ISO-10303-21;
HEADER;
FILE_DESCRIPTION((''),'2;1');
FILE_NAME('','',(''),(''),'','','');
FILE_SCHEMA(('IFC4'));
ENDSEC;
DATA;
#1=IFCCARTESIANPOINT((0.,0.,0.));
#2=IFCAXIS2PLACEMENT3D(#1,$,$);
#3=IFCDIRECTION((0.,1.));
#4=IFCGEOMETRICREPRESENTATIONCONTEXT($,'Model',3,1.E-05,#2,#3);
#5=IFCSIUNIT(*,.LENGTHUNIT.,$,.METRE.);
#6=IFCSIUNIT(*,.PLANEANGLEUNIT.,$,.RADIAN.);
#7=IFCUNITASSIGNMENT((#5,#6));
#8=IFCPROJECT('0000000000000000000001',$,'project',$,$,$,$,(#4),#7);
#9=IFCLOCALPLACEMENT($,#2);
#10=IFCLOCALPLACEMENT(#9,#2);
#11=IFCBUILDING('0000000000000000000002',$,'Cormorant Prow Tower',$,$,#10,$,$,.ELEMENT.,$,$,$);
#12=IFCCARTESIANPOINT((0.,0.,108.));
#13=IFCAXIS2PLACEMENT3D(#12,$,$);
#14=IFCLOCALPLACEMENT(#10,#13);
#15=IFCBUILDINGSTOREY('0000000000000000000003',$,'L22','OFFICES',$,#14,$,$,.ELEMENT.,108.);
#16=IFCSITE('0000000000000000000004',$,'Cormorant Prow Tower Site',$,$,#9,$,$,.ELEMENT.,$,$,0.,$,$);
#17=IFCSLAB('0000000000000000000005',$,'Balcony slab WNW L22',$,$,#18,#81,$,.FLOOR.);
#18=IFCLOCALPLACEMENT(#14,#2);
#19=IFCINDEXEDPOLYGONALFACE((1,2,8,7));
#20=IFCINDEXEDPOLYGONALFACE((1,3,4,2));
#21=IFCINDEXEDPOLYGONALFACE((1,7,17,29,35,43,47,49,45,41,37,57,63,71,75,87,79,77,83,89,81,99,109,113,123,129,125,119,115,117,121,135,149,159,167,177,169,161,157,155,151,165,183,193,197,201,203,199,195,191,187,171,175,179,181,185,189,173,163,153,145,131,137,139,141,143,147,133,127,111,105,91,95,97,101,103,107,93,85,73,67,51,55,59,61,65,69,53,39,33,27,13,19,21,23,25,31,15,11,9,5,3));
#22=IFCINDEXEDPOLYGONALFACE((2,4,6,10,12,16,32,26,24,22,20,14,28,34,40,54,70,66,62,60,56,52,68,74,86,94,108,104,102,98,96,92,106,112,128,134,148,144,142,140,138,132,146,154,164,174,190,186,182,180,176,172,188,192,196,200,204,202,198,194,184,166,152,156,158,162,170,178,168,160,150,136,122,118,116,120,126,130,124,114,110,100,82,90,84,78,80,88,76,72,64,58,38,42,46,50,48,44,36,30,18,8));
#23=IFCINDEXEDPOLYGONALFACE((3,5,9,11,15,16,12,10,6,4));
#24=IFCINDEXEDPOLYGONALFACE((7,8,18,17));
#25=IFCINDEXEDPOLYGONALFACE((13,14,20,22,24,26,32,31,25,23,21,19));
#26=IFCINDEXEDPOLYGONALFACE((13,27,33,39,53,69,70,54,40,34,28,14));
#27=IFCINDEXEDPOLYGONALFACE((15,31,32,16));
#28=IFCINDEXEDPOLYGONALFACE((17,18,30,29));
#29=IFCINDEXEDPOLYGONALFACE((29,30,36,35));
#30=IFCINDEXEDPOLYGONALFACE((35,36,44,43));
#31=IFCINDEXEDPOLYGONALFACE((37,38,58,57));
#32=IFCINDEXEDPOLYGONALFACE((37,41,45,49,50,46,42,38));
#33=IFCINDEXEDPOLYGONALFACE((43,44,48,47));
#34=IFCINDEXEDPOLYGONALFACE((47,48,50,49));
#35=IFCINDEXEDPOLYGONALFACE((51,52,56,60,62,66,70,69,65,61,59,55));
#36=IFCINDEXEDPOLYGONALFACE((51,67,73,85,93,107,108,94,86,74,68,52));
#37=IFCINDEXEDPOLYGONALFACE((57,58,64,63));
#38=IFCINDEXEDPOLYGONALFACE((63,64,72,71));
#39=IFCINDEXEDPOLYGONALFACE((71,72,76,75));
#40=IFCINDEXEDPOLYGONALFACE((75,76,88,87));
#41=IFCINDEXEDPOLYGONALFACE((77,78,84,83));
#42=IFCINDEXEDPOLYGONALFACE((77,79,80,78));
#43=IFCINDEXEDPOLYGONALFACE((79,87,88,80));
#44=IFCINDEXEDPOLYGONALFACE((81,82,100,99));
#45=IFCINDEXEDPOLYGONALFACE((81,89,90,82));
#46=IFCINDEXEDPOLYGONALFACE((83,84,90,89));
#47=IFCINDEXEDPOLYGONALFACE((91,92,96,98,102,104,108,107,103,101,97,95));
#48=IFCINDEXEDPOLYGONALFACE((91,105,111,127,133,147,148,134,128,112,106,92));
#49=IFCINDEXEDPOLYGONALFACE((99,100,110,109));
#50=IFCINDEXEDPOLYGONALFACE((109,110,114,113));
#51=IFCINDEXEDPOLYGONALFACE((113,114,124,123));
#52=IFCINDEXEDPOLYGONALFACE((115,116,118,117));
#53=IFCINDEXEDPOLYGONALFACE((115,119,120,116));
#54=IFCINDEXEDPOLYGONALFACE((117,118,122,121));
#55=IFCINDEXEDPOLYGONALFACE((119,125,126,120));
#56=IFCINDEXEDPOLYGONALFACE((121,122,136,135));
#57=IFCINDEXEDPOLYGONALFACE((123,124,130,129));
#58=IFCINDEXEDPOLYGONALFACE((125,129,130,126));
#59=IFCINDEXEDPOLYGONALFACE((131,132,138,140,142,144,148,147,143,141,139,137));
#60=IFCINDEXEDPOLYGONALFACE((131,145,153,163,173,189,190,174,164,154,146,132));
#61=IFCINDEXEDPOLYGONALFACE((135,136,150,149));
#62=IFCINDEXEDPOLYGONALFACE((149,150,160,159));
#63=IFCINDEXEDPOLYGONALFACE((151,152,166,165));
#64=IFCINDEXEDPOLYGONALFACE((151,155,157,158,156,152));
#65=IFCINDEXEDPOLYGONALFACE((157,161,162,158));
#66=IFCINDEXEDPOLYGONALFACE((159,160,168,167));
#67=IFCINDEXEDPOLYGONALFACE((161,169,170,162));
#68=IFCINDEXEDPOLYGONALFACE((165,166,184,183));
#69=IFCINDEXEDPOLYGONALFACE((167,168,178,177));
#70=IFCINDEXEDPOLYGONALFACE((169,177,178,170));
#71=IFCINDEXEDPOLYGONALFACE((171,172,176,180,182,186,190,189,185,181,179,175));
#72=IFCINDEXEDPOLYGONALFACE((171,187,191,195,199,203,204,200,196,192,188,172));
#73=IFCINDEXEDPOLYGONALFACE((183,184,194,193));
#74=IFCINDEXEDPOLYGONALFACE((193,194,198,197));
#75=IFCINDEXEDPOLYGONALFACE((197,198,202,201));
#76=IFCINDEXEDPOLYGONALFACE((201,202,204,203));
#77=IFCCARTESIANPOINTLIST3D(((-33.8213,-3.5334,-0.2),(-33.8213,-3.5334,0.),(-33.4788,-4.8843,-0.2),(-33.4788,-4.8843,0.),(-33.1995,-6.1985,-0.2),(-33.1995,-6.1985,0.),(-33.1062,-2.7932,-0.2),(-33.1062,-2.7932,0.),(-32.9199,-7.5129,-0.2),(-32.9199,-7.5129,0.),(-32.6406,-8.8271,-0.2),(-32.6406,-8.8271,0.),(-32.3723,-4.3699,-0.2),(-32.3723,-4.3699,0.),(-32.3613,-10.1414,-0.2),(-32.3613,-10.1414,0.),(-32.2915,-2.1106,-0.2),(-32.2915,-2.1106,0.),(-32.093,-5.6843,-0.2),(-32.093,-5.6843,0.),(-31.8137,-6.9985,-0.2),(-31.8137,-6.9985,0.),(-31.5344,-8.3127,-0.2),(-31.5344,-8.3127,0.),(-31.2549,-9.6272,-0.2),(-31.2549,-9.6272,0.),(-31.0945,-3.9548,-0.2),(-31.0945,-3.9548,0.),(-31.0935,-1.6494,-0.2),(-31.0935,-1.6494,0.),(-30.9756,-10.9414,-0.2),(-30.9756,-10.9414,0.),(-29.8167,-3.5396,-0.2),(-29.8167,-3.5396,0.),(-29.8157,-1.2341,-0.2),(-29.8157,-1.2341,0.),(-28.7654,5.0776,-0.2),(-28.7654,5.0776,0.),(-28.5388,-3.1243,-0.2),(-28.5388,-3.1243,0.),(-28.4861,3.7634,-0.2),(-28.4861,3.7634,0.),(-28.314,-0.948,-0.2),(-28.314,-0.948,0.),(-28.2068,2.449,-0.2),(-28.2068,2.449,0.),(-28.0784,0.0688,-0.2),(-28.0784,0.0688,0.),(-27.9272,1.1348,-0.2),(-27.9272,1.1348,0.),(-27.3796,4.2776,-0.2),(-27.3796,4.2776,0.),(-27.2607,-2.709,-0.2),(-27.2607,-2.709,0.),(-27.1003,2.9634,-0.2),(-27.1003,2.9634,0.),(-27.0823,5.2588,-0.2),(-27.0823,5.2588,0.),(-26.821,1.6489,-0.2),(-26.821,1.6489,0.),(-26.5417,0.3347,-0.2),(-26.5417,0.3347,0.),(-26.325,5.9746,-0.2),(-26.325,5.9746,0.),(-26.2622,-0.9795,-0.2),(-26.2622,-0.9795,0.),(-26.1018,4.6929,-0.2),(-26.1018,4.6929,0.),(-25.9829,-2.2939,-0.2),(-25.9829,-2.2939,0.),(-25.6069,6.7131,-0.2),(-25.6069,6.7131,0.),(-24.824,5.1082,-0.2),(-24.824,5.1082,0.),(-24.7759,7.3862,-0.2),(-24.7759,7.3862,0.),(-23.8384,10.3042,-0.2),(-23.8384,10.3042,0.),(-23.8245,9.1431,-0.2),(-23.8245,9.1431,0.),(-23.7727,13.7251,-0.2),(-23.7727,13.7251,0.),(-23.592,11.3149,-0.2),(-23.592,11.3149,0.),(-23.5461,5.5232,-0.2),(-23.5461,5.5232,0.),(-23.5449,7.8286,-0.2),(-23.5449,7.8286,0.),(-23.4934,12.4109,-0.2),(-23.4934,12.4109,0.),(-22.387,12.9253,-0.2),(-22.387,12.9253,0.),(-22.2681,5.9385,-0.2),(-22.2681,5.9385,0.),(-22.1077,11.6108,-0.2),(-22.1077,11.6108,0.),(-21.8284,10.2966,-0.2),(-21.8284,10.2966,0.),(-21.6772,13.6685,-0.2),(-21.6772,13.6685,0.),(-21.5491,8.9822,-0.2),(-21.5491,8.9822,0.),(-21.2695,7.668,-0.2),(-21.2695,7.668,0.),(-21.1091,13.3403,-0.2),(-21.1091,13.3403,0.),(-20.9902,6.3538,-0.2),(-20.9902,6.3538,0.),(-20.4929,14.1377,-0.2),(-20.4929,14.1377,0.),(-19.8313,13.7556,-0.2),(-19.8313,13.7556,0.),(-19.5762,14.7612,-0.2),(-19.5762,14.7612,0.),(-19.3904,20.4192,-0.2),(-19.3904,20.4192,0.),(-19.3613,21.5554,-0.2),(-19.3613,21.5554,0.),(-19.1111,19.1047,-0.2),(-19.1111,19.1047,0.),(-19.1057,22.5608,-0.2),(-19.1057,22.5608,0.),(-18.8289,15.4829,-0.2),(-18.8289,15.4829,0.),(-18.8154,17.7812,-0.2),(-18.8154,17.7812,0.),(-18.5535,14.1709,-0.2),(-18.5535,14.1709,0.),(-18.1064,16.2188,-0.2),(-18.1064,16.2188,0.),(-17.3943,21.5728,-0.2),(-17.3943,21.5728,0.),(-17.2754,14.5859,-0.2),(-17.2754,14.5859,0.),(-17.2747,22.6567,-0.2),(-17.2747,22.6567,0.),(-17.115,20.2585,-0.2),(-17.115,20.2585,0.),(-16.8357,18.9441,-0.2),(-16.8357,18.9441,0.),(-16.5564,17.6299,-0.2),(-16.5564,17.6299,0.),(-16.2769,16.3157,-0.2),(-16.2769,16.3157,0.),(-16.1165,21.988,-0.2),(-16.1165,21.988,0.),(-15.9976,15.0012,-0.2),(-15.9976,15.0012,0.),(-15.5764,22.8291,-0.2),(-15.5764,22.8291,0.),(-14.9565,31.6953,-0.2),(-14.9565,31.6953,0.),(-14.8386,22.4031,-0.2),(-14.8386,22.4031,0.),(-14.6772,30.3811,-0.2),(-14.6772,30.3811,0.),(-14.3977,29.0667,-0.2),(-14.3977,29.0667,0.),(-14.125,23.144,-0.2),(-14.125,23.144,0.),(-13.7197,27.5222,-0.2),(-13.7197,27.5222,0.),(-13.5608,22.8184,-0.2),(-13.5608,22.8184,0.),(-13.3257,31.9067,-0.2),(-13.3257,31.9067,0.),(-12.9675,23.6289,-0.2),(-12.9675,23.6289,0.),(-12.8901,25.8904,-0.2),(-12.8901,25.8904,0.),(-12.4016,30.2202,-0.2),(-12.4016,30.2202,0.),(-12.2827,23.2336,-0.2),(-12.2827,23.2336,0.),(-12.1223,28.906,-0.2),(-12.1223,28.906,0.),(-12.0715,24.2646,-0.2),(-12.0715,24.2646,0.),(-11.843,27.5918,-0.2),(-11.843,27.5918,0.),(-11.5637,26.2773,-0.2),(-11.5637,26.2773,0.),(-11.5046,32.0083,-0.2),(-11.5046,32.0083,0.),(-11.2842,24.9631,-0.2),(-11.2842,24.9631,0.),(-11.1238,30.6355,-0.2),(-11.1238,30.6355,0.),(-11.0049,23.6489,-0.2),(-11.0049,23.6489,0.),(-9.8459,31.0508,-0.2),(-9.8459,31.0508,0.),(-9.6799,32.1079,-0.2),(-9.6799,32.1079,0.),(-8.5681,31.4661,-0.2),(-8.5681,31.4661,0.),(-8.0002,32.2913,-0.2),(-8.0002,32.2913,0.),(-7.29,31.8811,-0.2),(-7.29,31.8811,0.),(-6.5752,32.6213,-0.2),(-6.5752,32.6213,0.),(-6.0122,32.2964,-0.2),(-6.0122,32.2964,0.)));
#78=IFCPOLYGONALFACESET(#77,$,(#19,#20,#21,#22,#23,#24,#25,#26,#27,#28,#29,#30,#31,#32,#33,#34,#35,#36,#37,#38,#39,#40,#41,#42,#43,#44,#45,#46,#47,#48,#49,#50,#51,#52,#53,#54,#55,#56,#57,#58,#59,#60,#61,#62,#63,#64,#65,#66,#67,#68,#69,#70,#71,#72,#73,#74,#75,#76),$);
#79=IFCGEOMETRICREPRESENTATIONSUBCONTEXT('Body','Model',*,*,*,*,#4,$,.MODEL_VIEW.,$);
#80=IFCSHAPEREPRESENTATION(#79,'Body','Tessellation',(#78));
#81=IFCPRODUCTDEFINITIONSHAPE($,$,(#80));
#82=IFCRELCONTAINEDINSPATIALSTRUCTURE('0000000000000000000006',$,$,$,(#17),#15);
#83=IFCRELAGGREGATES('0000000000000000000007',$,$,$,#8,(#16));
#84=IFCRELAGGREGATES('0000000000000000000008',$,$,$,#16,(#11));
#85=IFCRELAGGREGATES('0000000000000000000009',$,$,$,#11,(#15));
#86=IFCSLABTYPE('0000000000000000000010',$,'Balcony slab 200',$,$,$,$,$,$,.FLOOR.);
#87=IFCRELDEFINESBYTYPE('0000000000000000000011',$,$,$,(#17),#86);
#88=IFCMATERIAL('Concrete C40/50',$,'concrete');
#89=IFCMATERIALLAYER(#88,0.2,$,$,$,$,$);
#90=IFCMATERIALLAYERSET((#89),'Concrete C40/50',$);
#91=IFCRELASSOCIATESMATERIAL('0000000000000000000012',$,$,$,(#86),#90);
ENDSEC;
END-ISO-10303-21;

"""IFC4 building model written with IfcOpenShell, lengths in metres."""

from ifc_helpers import new_model, si_unit, direction, frame, origin, place, context, subcontext, project, spatial, polyline, outline, extrude, material, layer, layer_set, type_object, element, save


model = new_model("IFC4")

# Units and contexts
model_context = context("Model", 3, precision=1e-05, world=origin(), true_north=direction((0.0, 1.0)))
body_context = subcontext(model_context, "Body", "Model", "MODEL_VIEW")
ifc_project = project(units=[si_unit("LENGTHUNIT", "METRE"), si_unit("PLANEANGLEUNIT", "RADIAN")], contexts=[model_context])

# Site, building, storey
site_placement = place(None, origin())
site = spatial("IfcSite", under=ifc_project, at=site_placement, Name="Cormorant Prow Tower Site", CompositionType="ELEMENT", RefElevation=0.0)
building_placement = place(site_placement, origin())
building = spatial("IfcBuilding", under=site, at=building_placement, Name="Cormorant Prow Tower", CompositionType="ELEMENT")
storey_placement = place(building_placement, frame((0.0, 0.0, 108.0)))
storey = spatial("IfcBuildingStorey", under=building, at=storey_placement, Name="L22", Description="OFFICES", CompositionType="ELEMENT", Elevation=108.0)

# Slab
ifc_material_1 = material(Name="Concrete C40/50", Category="concrete")
ifc_layer_1 = layer(ifc_material_1, 0.2)
ifc_layer_set_1 = layer_set([ifc_layer_1], Name="Concrete C40/50")
slab_type_1 = type_object("IfcSlabType", Name="Balcony slab 200", PredefinedType="FLOOR", material=ifc_layer_set_1)
slab_1_placement = place(storey_placement, frame((0.0, 0.0, -0.2)))
element("IfcSlab", 1, at=slab_1_placement, inside=storey, type_object=slab_type_1, Name="Balcony slab WNW L22", PredefinedType="FLOOR", context=body_context, shape_type="SweptSolid", body=[
    extrude(outline(polyline([(-6.0122, 32.2964), (-6.5752, 32.6213), (-8.0002, 32.2913), (-9.6799, 32.1079), (-11.5046, 32.0083), (-13.3257, 31.9067), (-14.9565, 31.6953), (-14.6772, 30.3811), (-14.3977, 29.0667), (-13.7197, 27.5222), (-12.8901, 25.8904), (-12.0715, 24.2646), (-12.9675, 23.6289), (-14.125, 23.144), (-15.5764, 22.8291), (-17.2747, 22.6567), (-19.1057, 22.5608), (-19.3613, 21.5554), (-19.3904, 20.4192), (-19.1111, 19.1047), (-18.8154, 17.7812), (-18.1064, 16.2188), (-18.8289, 15.4829), (-19.5762, 14.7612), (-20.4929, 14.1377), (-21.6772, 13.6685), (-23.7727, 13.7251), (-23.4934, 12.4109), (-23.592, 11.3149), (-23.8384, 10.3042), (-23.8245, 9.1431), (-23.5449, 7.8286), (-24.7759, 7.3862), (-25.6069, 6.7131), (-26.325, 5.9746), (-27.0823, 5.2588), (-28.7654, 5.0776), (-28.4861, 3.7634), (-28.2068, 2.449), (-27.9272, 1.1348), (-28.0784, 0.0688), (-28.314, -0.948), (-29.8157, -1.2341), (-31.0935, -1.6494), (-32.2915, -2.1106), (-33.1062, -2.7932), (-33.8213, -3.5334), (-33.4788, -4.8843), (-33.1995, -6.1985), (-32.9199, -7.5129), (-32.6406, -8.8271), (-32.3613, -10.1414), (-30.9756, -10.9414), (-31.2549, -9.6272), (-31.5344, -8.3127), (-31.8137, -6.9985), (-32.093, -5.6843), (-32.3723, -4.3699), (-31.0945, -3.9548), (-29.8167, -3.5396), (-28.5388, -3.1243), (-27.2607, -2.709), (-25.9829, -2.2939), (-26.2622, -0.9795), (-26.5417, 0.3347), (-26.821, 1.6489), (-27.1003, 2.9634), (-27.3796, 4.2776), (-26.1018, 4.6929), (-24.824, 5.1082), (-23.5461, 5.5232), (-22.2681, 5.9385), (-20.9902, 6.3538), (-21.2695, 7.668), (-21.5491, 8.9822), (-21.8284, 10.2966), (-22.1077, 11.6108), (-22.387, 12.9253), (-21.1091, 13.3403), (-19.8313, 13.7556), (-18.5535, 14.1709), (-17.2754, 14.5859), (-15.9976, 15.0012), (-16.2769, 16.3157), (-16.5564, 17.6299), (-16.8357, 18.9441), (-17.115, 20.2585), (-17.3943, 21.5728), (-16.1165, 21.988), (-14.8386, 22.4031), (-13.5608, 22.8184), (-12.2827, 23.2336), (-11.0049, 23.6489), (-11.2842, 24.9631), (-11.5637, 26.2773), (-11.843, 27.5918), (-12.1223, 28.906), (-12.4016, 30.2202), (-11.1238, 30.6355), (-9.8459, 31.0508), (-8.5681, 31.4661), (-7.29, 31.8811), (-6.0122, 32.2964)])), origin(), (0.0, 0.0, 1.0), 0.2),
])

save(model, "model.ifc")
